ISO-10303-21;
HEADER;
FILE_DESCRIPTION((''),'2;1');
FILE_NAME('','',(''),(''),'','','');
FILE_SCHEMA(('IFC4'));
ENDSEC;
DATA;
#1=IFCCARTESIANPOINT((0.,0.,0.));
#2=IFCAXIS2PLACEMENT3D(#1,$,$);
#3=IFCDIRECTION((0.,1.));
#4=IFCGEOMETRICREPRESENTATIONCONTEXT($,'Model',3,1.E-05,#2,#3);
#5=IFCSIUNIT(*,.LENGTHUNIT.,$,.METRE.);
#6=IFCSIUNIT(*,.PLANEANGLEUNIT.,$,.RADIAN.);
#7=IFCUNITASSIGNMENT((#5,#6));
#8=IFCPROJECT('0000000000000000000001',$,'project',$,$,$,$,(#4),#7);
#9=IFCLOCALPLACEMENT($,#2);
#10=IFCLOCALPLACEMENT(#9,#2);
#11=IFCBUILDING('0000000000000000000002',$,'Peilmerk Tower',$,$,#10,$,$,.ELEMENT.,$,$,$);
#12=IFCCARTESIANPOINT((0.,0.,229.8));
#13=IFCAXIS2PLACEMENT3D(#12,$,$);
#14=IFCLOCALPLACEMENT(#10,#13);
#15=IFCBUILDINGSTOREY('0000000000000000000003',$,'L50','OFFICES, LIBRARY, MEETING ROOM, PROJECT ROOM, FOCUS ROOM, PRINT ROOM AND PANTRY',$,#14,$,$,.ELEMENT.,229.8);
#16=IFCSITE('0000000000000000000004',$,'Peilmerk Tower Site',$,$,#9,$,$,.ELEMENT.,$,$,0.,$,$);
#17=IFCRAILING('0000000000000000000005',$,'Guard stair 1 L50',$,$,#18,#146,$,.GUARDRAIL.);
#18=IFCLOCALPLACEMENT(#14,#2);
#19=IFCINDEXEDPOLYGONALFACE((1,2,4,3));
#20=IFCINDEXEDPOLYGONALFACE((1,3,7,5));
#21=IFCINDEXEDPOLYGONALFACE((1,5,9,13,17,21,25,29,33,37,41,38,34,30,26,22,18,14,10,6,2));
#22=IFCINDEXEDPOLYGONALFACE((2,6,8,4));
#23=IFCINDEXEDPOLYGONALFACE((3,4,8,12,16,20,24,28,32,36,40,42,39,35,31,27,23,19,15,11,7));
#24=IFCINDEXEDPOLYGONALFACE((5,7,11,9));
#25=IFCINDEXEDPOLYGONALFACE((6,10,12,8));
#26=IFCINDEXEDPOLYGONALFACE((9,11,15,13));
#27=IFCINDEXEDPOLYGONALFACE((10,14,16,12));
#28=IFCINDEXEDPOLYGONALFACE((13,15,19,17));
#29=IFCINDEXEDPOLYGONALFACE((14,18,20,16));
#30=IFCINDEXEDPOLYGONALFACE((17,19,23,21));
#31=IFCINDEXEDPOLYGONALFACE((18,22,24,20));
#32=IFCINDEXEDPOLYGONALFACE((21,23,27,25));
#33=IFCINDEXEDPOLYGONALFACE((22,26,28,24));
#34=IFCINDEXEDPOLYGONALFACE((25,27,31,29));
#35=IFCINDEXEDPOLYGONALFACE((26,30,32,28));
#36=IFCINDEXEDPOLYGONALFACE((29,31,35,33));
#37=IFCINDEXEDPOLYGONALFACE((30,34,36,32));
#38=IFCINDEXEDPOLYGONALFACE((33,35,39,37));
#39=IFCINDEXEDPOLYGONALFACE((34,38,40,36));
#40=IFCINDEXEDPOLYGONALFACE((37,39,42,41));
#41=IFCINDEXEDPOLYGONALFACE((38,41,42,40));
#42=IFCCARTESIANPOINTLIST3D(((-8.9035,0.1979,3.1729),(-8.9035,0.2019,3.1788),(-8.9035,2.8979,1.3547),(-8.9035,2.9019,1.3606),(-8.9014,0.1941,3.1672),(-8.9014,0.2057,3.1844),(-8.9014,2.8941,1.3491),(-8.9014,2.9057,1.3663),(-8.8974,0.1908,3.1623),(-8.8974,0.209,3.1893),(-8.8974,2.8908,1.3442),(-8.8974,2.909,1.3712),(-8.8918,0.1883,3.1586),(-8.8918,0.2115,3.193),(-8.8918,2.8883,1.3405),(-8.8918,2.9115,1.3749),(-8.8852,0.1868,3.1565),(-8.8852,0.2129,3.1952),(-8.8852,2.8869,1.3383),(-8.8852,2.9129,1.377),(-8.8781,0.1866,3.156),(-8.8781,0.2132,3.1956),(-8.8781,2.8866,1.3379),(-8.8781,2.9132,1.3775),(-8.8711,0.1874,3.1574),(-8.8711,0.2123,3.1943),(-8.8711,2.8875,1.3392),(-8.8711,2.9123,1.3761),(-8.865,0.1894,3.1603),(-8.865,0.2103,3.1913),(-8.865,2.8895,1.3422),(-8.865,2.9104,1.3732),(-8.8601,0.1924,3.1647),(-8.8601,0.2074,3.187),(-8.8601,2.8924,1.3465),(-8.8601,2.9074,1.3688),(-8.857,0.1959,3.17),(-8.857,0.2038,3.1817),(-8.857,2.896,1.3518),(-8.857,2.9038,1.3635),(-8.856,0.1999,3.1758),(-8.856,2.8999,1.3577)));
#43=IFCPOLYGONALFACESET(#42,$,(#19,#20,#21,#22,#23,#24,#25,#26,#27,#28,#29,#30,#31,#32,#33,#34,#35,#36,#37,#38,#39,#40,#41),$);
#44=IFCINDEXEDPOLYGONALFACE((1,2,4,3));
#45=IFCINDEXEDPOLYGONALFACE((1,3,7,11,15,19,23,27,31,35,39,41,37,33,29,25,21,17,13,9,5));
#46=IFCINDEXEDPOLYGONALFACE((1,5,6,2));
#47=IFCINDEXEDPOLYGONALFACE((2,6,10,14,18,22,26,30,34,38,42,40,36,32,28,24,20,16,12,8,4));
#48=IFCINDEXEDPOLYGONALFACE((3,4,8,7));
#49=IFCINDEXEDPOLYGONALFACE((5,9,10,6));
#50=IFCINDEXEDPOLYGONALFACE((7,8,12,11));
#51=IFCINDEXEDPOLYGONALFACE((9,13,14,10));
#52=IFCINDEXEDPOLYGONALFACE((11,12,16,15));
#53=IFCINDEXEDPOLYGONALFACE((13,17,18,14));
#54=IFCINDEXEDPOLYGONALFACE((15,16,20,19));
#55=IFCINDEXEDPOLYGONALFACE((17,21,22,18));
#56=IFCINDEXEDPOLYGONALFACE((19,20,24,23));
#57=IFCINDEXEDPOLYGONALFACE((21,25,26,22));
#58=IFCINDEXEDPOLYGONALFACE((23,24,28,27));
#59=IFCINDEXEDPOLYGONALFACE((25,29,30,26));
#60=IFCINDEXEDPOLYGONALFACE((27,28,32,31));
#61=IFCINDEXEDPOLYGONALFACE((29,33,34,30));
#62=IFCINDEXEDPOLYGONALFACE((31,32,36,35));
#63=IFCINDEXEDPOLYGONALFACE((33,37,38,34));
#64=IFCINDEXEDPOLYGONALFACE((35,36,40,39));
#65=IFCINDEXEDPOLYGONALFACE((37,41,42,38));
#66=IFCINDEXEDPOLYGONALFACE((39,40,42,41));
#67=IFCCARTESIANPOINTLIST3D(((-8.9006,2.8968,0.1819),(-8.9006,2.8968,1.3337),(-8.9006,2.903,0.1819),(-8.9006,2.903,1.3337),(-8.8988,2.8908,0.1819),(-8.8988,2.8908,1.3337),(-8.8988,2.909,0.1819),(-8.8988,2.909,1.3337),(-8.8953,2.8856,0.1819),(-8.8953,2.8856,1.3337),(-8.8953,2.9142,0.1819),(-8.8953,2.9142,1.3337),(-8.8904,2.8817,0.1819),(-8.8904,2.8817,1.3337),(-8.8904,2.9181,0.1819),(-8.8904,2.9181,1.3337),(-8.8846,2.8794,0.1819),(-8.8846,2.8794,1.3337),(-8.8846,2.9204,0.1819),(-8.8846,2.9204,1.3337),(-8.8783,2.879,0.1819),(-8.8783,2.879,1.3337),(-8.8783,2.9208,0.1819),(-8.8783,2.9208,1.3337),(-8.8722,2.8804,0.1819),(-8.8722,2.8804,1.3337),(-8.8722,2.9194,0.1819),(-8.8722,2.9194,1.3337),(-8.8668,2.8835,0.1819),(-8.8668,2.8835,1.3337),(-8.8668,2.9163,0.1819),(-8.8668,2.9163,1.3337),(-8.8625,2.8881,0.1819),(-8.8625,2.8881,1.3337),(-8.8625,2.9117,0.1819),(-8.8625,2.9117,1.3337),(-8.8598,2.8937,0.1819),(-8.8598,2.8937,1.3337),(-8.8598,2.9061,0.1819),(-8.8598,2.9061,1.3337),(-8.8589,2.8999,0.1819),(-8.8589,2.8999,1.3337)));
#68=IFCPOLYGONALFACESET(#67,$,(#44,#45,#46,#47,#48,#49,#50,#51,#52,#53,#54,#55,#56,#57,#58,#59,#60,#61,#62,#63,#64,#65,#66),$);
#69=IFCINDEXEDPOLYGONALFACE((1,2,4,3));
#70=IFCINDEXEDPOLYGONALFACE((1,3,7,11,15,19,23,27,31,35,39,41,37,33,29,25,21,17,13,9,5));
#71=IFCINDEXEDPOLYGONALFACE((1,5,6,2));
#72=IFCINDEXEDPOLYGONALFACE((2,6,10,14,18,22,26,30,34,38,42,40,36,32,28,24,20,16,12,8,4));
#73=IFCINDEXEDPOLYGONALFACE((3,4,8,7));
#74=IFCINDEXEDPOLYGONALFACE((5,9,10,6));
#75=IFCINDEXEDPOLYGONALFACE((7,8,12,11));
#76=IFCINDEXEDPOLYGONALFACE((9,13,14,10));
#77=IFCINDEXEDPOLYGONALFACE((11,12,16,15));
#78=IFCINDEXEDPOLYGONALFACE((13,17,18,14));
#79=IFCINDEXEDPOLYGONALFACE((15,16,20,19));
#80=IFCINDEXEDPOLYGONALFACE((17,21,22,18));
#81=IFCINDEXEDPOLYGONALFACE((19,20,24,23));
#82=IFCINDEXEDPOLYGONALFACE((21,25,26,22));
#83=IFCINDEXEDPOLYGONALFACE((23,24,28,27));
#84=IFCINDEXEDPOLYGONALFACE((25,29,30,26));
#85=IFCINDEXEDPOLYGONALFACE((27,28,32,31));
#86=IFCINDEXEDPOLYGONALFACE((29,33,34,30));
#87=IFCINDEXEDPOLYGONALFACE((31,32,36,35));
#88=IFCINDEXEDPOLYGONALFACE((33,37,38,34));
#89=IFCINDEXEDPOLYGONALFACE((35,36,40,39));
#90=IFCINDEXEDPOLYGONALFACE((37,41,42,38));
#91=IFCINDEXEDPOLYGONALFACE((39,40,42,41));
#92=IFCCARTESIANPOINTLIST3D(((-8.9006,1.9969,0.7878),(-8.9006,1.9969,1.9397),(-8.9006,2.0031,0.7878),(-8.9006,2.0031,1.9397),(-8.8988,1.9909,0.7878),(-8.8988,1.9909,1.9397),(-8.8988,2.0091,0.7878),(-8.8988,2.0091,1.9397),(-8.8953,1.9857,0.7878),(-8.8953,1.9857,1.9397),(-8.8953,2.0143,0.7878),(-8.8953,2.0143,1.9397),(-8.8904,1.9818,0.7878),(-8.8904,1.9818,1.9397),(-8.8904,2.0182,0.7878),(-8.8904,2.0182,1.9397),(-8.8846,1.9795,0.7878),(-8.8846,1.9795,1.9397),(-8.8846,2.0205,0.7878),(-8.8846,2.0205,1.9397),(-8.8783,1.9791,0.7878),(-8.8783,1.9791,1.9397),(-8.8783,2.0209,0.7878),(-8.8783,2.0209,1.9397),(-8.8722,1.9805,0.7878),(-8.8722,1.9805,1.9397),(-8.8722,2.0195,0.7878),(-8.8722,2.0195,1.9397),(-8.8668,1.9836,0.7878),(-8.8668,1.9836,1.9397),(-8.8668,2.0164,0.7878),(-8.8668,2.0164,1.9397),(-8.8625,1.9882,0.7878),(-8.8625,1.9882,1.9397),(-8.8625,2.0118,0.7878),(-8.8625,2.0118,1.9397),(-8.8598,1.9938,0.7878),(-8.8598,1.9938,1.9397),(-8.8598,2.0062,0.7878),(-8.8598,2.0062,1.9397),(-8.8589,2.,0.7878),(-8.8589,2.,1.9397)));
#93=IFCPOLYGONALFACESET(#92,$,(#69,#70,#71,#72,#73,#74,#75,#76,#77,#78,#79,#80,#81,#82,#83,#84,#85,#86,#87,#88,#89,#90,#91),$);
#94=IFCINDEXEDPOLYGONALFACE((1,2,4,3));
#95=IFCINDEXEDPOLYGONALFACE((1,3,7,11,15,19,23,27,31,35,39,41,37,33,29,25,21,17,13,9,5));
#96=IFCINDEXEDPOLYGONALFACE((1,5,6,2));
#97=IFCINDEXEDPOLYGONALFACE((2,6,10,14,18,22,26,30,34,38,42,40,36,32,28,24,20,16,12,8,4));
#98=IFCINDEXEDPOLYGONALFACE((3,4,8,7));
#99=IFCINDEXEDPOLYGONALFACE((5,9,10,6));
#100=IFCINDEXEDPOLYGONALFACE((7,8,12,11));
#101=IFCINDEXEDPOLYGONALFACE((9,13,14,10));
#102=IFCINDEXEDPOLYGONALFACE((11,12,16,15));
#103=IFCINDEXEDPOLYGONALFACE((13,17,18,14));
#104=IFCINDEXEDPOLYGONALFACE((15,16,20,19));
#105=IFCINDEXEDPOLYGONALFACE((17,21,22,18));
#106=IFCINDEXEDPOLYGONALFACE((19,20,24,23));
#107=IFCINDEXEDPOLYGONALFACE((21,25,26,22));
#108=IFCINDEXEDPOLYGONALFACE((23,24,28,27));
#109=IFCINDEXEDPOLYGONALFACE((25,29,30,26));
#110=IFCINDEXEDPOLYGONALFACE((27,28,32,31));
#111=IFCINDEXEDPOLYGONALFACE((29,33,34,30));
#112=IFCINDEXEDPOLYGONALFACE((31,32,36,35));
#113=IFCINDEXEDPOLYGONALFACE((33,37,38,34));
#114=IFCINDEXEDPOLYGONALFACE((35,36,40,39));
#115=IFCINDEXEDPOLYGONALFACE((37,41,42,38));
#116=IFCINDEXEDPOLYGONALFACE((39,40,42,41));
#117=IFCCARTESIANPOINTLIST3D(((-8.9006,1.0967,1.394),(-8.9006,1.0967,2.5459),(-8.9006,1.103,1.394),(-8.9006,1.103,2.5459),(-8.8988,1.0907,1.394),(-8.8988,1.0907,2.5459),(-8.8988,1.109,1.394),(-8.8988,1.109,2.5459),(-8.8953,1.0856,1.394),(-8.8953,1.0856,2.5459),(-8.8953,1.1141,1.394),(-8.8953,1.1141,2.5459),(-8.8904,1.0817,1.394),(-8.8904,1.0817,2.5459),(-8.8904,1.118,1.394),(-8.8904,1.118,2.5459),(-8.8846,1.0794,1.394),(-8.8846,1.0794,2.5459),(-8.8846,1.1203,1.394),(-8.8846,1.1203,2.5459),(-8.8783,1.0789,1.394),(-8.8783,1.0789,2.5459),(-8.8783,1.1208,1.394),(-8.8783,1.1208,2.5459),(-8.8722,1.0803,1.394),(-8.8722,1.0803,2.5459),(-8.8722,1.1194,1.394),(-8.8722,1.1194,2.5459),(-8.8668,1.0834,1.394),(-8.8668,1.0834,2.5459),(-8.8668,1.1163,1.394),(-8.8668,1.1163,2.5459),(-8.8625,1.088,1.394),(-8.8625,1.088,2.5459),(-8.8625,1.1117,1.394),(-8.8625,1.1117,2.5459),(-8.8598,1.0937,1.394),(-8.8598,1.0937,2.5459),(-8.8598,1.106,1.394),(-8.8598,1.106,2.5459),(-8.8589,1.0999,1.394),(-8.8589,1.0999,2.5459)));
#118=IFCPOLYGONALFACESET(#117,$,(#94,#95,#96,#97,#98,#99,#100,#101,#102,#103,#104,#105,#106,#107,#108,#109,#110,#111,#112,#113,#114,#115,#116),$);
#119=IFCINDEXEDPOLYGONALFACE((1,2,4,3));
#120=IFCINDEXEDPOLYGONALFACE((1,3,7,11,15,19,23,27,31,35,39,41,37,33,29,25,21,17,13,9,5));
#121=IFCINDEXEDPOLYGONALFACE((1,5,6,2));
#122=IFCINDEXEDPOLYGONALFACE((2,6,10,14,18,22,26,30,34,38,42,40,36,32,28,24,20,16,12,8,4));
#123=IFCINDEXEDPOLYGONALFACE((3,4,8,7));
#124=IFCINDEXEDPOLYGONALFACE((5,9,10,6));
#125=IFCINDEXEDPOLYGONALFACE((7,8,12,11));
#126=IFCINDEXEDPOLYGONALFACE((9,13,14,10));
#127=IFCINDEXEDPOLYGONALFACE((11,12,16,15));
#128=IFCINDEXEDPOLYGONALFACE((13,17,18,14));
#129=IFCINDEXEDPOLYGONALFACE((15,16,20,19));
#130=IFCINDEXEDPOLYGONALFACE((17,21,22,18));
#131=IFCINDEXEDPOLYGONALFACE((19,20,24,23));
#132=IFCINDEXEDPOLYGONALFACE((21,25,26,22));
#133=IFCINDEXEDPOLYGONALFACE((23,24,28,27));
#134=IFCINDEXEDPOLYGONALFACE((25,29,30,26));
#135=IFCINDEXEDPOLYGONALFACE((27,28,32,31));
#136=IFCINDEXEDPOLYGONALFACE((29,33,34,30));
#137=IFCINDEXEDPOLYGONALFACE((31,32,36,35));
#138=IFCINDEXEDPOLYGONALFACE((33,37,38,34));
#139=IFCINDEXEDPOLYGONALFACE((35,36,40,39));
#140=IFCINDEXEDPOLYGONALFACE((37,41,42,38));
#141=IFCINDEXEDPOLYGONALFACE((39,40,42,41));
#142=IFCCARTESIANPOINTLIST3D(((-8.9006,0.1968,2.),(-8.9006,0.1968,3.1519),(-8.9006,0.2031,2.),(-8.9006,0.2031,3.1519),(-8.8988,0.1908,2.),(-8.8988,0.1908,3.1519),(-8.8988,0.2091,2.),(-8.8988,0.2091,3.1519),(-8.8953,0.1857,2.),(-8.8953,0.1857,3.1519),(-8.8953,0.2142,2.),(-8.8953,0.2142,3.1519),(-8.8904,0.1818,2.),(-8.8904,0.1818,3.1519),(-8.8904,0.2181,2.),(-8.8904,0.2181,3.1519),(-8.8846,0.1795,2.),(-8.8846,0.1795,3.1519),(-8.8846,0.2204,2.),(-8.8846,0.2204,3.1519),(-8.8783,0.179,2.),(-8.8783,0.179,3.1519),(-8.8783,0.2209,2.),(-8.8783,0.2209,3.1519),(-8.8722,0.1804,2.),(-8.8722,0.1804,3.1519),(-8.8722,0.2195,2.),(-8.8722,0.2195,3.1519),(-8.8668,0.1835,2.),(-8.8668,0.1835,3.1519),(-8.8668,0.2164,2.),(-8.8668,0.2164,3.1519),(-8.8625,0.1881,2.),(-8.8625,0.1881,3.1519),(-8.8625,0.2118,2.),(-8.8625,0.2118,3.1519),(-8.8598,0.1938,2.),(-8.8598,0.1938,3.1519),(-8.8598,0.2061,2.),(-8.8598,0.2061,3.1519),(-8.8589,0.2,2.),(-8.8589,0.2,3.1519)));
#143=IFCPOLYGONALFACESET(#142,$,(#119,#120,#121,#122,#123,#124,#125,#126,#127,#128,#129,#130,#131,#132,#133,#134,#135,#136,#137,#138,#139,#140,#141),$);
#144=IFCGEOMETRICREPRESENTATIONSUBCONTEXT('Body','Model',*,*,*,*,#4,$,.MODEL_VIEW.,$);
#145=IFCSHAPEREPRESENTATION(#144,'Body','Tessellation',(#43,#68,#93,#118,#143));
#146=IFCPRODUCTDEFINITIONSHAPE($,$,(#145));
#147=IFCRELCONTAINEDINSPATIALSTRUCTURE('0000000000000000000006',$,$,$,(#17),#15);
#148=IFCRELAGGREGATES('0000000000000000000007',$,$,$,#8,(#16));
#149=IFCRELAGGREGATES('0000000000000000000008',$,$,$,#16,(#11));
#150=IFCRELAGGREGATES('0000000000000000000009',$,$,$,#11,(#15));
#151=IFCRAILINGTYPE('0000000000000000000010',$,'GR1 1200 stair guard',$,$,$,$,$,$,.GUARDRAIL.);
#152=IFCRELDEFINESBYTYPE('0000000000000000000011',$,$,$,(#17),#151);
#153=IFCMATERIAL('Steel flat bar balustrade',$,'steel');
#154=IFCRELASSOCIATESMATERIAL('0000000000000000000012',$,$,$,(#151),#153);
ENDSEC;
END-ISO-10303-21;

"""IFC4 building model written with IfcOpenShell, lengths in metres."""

from ifc_helpers import new_model, si_unit, direction, frame, origin, origin_2d, place, context, subcontext, project, spatial, circle, extrude, material, type_object, element, save


model = new_model("IFC4")

# Units and contexts
model_context = context("Model", 3, precision=1e-05, world=origin(), true_north=direction((0.0, 1.0)))
body_context = subcontext(model_context, "Body", "Model", "MODEL_VIEW")
ifc_project = project(units=[si_unit("LENGTHUNIT", "METRE"), si_unit("PLANEANGLEUNIT", "RADIAN")], contexts=[model_context])

# Site, building, storey
site_placement = place(None, origin())
site = spatial("IfcSite", under=ifc_project, at=site_placement, Name="Peilmerk Tower Site", CompositionType="ELEMENT", RefElevation=0.0)
building_placement = place(site_placement, origin())
building = spatial("IfcBuilding", under=site, at=building_placement, Name="Peilmerk Tower", CompositionType="ELEMENT")
storey_placement = place(building_placement, frame((0.0, 0.0, 229.8)))
storey = spatial("IfcBuildingStorey", under=building, at=storey_placement, Name="L50", Description="OFFICES, LIBRARY, MEETING ROOM, PROJECT ROOM, FOCUS ROOM, PRINT ROOM AND PANTRY", CompositionType="ELEMENT", Elevation=229.8)

# Railing
ifc_material_1 = material(Name="Steel flat bar balustrade", Category="steel")
railing_type_1 = type_object("IfcRailingType", Name="GR1 1200 stair guard", PredefinedType="GUARDRAIL", material=ifc_material_1)
railing_1_placement = place(storey_placement, frame((-8.8799, 2.8999, 0.1819)))
element("IfcRailing", 1, at=railing_1_placement, inside=storey, type_object=railing_type_1, Name="Guard stair 1 L50", PredefinedType="GUARDRAIL", context=body_context, shape_type="SweptSolid", body=[
    extrude(circle(Radius=0.0239, at=origin_2d()), frame((0.0, 0.0, 1.1758), z_axis=(0.0, -0.829468, 0.558554), x_axis=(1.0, 0.0, 0.0)), (0.0, 0.0, 1.0), 3.2551),
    extrude(circle(Radius=0.021, at=origin_2d()), origin(), (0.0, 0.0, 1.0), 1.1519),
    extrude(circle(Radius=0.021, at=origin_2d()), frame((0.0, -0.8999, 0.606)), (0.0, 0.0, 1.0), 1.1519),
    extrude(circle(Radius=0.021, at=origin_2d()), frame((0.0, -1.8, 1.2122)), (0.0, 0.0, 1.0), 1.1519),
    extrude(circle(Radius=0.021, at=origin_2d()), frame((0.0, -2.7, 1.8181)), (0.0, 0.0, 1.0), 1.1519),
])

save(model, "model.ifc")
